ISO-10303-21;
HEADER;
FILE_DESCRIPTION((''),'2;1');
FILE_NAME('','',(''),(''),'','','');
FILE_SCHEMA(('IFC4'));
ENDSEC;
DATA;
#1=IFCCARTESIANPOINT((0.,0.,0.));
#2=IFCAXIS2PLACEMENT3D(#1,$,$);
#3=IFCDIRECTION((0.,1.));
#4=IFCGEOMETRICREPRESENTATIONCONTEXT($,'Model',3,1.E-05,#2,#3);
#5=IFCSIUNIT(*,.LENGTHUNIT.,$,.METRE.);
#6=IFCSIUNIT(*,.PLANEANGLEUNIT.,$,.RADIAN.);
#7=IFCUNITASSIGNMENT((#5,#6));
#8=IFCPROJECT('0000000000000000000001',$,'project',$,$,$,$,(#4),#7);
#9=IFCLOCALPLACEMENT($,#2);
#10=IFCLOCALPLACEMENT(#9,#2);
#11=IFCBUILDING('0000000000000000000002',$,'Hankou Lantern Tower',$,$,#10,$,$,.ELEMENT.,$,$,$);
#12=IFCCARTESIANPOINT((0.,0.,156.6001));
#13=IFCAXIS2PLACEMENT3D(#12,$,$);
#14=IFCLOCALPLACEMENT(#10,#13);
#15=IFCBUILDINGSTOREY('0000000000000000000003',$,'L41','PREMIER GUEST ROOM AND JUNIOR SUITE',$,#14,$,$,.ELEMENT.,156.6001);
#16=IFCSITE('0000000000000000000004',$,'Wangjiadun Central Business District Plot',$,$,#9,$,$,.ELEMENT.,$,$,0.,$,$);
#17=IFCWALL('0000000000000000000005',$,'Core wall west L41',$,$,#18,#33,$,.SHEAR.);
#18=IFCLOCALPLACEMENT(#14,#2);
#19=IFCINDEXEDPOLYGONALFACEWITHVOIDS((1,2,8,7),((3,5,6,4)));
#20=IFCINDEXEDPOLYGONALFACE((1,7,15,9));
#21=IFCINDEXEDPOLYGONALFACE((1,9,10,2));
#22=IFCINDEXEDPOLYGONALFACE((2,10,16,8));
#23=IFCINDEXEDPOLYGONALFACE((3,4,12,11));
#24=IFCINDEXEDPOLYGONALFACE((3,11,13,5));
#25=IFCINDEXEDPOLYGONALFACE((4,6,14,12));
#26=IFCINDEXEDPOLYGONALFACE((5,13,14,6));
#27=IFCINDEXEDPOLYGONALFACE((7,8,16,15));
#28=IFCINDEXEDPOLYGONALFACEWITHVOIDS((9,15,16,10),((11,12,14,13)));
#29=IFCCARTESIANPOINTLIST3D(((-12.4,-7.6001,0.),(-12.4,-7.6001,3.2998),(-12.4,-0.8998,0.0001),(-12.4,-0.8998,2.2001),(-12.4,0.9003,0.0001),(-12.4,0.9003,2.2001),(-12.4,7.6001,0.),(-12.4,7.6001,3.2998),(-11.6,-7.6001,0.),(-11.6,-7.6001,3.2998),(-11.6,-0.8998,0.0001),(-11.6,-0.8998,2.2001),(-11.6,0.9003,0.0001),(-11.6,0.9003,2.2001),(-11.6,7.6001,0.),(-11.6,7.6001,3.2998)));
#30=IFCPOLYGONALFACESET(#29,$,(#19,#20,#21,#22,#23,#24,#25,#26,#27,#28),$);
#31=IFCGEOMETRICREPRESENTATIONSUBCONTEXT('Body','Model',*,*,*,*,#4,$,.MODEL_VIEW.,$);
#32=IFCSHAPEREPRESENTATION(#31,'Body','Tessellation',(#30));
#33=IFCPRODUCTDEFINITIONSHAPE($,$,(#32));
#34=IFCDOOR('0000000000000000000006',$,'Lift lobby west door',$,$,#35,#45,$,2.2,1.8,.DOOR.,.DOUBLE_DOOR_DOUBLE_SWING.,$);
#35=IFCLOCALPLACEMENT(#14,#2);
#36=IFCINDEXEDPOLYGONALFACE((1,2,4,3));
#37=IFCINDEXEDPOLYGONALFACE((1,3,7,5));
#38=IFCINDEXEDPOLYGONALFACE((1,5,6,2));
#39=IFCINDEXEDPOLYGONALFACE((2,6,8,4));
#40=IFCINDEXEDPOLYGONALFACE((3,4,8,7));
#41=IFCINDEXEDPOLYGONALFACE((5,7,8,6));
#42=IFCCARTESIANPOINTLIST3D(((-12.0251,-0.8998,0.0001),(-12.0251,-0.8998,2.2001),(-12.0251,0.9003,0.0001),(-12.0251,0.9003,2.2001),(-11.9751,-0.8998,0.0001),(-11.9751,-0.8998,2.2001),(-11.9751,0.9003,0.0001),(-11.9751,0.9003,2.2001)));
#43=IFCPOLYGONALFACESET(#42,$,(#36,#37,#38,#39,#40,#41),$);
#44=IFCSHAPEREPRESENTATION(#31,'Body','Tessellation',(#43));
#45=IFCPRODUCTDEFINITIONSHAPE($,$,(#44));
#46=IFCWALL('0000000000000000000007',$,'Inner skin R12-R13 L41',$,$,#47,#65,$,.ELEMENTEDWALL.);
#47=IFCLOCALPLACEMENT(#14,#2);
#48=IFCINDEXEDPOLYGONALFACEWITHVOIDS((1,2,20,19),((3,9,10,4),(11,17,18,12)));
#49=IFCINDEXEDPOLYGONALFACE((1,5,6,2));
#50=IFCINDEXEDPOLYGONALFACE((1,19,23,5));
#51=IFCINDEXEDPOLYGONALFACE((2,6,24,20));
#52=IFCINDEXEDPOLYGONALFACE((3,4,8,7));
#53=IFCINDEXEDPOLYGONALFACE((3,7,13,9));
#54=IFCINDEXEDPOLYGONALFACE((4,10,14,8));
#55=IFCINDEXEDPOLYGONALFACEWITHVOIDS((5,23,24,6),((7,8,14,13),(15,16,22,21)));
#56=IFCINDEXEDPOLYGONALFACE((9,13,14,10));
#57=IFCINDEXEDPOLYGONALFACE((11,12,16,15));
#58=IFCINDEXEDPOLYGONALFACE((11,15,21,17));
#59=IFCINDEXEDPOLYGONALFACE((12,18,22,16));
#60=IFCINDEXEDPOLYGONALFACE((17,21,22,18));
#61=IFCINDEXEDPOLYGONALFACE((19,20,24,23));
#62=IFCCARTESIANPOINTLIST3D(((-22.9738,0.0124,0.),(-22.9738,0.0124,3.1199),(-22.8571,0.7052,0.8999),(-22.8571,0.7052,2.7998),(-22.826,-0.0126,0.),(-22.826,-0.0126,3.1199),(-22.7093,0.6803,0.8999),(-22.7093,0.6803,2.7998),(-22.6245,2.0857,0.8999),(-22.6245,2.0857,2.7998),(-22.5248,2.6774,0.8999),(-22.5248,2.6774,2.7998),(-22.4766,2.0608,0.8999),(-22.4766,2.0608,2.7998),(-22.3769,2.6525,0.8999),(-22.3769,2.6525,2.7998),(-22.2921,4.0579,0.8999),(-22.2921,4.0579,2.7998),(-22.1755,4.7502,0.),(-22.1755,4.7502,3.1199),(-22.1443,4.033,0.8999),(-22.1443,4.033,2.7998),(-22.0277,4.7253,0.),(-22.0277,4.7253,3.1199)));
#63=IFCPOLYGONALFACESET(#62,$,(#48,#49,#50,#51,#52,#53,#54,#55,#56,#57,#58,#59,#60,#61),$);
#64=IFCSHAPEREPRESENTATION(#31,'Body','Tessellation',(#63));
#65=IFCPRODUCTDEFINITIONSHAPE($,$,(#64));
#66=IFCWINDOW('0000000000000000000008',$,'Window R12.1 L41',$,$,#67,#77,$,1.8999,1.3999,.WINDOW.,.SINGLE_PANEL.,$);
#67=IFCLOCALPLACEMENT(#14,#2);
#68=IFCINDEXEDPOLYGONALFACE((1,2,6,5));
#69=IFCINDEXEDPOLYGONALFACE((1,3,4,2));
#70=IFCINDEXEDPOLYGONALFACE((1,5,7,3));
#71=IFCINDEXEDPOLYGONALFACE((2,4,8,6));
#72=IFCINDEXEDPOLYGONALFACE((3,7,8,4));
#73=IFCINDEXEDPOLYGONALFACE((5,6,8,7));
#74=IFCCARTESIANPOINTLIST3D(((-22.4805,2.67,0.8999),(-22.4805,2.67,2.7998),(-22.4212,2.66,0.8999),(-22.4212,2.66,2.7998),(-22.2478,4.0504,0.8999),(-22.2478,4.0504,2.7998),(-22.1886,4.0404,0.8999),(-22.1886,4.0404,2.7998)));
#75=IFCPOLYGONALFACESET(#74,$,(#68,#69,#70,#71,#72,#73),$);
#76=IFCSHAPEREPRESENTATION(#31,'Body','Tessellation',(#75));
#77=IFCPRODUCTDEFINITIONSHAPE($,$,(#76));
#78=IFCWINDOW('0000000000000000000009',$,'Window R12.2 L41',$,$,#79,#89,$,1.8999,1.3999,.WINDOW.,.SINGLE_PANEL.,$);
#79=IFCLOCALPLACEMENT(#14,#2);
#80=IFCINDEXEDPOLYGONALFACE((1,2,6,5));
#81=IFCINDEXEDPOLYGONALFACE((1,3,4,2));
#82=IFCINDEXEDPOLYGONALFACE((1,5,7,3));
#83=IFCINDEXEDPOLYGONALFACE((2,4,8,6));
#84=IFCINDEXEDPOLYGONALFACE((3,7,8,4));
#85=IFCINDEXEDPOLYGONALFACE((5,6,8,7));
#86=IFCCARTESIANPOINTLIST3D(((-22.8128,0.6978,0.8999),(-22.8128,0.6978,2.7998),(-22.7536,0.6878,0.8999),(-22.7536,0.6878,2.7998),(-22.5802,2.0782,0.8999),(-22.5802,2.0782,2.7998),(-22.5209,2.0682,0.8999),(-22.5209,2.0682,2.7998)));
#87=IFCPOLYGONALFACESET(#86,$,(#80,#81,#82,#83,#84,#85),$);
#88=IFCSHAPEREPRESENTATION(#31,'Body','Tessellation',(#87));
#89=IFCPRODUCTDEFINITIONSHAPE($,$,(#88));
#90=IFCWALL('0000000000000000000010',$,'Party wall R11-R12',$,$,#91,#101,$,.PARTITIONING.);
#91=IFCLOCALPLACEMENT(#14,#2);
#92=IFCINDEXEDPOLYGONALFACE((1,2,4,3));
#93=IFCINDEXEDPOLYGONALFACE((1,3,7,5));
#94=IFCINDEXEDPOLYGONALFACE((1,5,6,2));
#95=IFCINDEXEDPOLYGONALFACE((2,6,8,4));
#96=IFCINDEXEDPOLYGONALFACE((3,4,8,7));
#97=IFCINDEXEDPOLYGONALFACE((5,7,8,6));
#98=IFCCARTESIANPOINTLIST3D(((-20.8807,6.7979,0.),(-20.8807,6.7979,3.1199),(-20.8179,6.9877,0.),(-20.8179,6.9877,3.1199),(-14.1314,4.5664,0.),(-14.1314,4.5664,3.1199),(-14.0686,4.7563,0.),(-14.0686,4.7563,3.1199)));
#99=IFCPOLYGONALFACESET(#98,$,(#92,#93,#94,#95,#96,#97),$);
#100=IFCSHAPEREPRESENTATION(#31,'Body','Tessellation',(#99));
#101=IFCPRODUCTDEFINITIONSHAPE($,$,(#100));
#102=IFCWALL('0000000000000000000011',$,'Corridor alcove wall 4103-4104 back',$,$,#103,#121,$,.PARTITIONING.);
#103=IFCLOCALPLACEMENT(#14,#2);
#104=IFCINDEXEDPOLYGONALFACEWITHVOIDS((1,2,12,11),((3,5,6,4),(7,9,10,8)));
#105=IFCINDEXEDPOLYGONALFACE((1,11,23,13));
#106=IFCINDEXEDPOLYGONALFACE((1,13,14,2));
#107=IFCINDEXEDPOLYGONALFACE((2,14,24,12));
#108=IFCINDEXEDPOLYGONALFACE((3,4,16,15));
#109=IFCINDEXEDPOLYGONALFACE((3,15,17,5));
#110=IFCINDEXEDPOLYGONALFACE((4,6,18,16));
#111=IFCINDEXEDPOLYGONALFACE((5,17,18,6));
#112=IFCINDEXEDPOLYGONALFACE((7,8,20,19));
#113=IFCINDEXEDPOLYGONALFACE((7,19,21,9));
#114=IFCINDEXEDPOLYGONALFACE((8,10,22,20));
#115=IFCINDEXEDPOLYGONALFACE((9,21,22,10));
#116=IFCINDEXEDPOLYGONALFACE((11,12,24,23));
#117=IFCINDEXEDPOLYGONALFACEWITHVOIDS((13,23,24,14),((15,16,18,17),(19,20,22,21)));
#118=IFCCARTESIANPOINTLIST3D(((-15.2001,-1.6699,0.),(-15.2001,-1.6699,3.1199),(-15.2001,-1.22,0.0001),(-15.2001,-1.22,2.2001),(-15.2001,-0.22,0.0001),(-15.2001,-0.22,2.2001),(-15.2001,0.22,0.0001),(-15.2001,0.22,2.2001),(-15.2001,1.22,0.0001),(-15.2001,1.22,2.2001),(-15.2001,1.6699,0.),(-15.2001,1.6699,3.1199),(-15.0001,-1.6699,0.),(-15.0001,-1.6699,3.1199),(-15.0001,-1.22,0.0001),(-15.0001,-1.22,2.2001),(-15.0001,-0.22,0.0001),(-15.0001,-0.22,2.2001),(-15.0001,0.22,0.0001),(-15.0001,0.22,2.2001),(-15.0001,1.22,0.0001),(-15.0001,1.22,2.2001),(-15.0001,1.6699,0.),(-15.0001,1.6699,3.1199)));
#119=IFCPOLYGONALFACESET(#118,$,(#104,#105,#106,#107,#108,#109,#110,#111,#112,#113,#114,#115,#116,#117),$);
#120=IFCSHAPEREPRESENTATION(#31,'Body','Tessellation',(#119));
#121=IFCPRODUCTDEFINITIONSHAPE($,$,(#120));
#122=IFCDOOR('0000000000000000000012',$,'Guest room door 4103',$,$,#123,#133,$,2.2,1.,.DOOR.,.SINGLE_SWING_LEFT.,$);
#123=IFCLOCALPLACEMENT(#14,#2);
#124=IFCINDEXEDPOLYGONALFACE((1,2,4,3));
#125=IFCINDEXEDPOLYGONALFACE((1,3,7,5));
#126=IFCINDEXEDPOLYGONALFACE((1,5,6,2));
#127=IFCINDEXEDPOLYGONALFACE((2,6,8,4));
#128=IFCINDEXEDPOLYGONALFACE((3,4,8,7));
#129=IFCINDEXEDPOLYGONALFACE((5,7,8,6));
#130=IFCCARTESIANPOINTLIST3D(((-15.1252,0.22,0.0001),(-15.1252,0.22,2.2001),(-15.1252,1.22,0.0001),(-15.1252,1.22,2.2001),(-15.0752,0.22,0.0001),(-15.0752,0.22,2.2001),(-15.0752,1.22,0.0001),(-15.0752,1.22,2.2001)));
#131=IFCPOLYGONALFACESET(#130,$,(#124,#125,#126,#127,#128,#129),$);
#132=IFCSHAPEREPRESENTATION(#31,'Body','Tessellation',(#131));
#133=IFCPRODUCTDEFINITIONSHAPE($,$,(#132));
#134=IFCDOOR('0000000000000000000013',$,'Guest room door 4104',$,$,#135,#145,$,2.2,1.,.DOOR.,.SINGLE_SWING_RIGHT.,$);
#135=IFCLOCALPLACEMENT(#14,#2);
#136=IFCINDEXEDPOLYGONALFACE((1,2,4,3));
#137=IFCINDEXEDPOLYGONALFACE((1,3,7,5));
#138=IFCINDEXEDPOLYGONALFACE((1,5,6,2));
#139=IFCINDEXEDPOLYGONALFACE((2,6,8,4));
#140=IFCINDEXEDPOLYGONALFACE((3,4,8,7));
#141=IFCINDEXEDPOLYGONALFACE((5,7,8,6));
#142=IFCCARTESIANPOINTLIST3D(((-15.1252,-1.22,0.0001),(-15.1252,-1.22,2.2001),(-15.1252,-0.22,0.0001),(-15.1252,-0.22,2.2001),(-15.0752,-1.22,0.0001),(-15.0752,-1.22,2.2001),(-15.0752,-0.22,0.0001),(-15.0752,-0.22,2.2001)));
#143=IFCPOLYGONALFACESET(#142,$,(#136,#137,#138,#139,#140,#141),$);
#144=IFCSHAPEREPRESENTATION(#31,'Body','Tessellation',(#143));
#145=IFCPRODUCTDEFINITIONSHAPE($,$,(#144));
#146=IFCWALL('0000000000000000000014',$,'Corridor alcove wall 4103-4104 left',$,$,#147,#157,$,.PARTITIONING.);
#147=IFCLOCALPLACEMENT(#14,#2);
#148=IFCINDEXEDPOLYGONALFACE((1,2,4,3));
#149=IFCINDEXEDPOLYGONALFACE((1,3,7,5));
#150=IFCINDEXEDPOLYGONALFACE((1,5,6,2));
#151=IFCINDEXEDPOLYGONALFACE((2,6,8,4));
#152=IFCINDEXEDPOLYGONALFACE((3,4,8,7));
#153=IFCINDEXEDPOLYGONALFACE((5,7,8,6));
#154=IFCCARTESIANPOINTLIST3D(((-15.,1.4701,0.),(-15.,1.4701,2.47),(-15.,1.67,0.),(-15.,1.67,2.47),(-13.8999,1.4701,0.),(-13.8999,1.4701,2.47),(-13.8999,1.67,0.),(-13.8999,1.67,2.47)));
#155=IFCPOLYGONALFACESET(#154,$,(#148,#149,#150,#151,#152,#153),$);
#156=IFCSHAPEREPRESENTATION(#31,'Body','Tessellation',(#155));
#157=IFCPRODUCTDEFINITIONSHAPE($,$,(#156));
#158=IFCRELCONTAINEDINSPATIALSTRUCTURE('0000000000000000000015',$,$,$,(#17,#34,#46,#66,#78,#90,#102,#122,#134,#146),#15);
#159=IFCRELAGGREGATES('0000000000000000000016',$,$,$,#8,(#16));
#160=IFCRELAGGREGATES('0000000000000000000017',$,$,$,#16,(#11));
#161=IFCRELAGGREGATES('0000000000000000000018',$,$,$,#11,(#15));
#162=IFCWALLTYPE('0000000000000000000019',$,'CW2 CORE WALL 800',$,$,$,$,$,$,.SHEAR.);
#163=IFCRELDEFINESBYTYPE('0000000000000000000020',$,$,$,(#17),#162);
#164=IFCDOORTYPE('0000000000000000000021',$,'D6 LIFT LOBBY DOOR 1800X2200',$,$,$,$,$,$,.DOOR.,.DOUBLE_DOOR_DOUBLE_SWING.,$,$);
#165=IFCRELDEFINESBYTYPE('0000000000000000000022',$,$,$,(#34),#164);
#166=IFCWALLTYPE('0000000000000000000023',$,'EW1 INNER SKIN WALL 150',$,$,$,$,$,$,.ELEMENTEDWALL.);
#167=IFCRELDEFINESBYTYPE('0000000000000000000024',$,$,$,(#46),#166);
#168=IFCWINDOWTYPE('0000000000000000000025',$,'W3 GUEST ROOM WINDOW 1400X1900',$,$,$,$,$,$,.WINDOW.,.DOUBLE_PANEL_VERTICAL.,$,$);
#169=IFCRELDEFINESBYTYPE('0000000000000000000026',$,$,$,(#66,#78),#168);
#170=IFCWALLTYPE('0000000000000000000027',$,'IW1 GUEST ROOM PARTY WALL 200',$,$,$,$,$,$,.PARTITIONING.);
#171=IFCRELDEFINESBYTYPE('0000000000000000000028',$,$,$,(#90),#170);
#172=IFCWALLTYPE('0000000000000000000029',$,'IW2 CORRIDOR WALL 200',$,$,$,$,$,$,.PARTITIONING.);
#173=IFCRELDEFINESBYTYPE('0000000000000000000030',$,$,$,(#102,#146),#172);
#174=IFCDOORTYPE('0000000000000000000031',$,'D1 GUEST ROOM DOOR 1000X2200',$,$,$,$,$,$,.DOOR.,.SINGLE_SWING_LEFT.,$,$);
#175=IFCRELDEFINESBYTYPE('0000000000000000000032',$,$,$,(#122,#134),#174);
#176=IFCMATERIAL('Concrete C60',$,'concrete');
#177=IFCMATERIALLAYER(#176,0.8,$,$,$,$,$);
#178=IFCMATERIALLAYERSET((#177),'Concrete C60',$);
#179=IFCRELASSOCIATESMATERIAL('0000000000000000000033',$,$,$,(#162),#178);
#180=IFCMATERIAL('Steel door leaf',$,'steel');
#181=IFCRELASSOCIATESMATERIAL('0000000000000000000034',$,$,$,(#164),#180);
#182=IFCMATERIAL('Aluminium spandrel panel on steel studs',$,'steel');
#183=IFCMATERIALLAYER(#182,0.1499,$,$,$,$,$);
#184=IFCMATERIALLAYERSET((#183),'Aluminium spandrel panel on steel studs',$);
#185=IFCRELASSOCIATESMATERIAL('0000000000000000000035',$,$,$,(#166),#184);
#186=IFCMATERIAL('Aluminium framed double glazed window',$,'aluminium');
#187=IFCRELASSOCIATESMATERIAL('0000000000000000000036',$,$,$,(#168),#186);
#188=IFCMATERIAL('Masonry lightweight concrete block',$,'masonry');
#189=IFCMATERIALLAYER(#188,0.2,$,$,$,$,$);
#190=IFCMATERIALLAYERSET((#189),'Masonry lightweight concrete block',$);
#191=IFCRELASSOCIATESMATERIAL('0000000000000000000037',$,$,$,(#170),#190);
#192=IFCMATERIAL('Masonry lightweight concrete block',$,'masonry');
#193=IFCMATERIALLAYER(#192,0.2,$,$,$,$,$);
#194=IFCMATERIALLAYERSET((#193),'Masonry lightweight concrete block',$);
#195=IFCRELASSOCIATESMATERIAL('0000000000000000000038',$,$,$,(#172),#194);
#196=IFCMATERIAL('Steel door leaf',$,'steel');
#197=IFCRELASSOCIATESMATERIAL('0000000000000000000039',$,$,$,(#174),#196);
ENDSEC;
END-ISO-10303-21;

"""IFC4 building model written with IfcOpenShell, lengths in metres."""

from ifc_helpers import new_model, si_unit, direction, frame, frame_2d, origin, place, context, subcontext, project, spatial, rectangle, extrude, material, layer, layer_set, type_object, element, fill, save


model = new_model("IFC4")

# Units and contexts
model_context = context("Model", 3, precision=1e-05, world=origin(), true_north=direction((0.0, 1.0)))
body_context = subcontext(model_context, "Body", "Model", "MODEL_VIEW")
ifc_project = project(units=[si_unit("LENGTHUNIT", "METRE"), si_unit("PLANEANGLEUNIT", "RADIAN")], contexts=[model_context])

# Site, building, storey
site_placement = place(None, origin())
site = spatial("IfcSite", under=ifc_project, at=site_placement, Name="Wangjiadun Central Business District Plot", CompositionType="ELEMENT", RefElevation=0.0)
building_placement = place(site_placement, origin())
building = spatial("IfcBuilding", under=site, at=building_placement, Name="Hankou Lantern Tower", CompositionType="ELEMENT")
storey_placement = place(building_placement, frame((0.0, 0.0, 156.6001)))
storey = spatial("IfcBuildingStorey", under=building, at=storey_placement, Name="L41", Description="PREMIER GUEST ROOM AND JUNIOR SUITE", CompositionType="ELEMENT", Elevation=156.6001)

# Wall, opening, door
ifc_material_1 = material(Name="Concrete C60", Category="concrete")
ifc_layer_1 = layer(ifc_material_1, 0.8)
ifc_layer_set_1 = layer_set([ifc_layer_1], Name="Concrete C60")
wall_type_1 = type_object("IfcWallType", Name="CW2 CORE WALL 800", PredefinedType="SHEAR", material=ifc_layer_set_1)
wall_1_placement = place(storey_placement, frame((-12.0, 7.6001, 0.0), z_axis=(0.0, 0.0, 1.0), x_axis=(0.0, -1.0, 0.0)))
wall_1 = element("IfcWall", 1, at=wall_1_placement, inside=storey, type_object=wall_type_1, Name="Core wall west L41", PredefinedType="SHEAR", context=body_context, shape_type="SweptSolid", body=[
    extrude(rectangle(XDim=15.2002, YDim=0.8, at=frame_2d((7.6001, 0.0))), origin(), (0.0, 0.0, 1.0), 3.2998),
])
opening_1_placement = place(wall_1_placement, frame((6.7, 0.0, 0.0)))
opening_1 = element("IfcOpeningElement", 2, at=opening_1_placement, cuts=wall_1, PredefinedType="OPENING", context=body_context, shape_type="SweptSolid", body=[
    extrude(rectangle(XDim=1.8, YDim=2.2, at=frame_2d((0.8999, 1.1001))), frame((0.0, 0.4099, 0.0), z_axis=(0.0, -1.0, 0.0), x_axis=(1.0, 0.0, 0.0)), (0.0, 0.0, 1.0), 0.8201),
])
ifc_material_2 = material(Name="Steel door leaf", Category="steel")
door_type_1 = type_object("IfcDoorType", Name="D6 LIFT LOBBY DOOR 1800X2200", OperationType="DOUBLE_DOOR_DOUBLE_SWING", PredefinedType="DOOR", material=ifc_material_2)
door_1_placement = place(opening_1_placement, origin())
door_1 = element("IfcDoor", 3, at=door_1_placement, inside=storey, type_object=door_type_1, Name="Lift lobby west door", OperationType="DOUBLE_DOOR_DOUBLE_SWING", OverallHeight=2.2, OverallWidth=1.8, PredefinedType="DOOR", context=body_context, shape_type="SweptSolid", body=[
    extrude(rectangle(XDim=1.8, YDim=2.2, at=frame_2d((0.8999, 1.1001))), frame((0.0, 0.0249, 0.0), z_axis=(0.0, -1.0, 0.0), x_axis=(1.0, 0.0, 0.0)), (0.0, 0.0, 1.0), 0.05),
])
fill(opening_1, door_1)

# Wall, openings, windows
ifc_material_3 = material(Name="Aluminium spandrel panel on steel studs", Category="steel")
ifc_layer_2 = layer(ifc_material_3, 0.1499)
ifc_layer_set_2 = layer_set([ifc_layer_2], Name="Aluminium spandrel panel on steel studs")
wall_type_2 = type_object("IfcWallType", Name="EW1 INNER SKIN WALL 150", PredefinedType="ELEMENTEDWALL", material=ifc_layer_set_2)
wall_2_placement = place(storey_placement, frame((-22.1016, 4.7378, 0.0), z_axis=(0.0, 0.0, 1.0), x_axis=(-0.166162, -0.986098, 0.0)))
wall_2 = element("IfcWall", 4, at=wall_2_placement, inside=storey, type_object=wall_type_2, Name="Inner skin R12-R13 L41", PredefinedType="ELEMENTEDWALL", context=body_context, shape_type="SweptSolid", body=[
    extrude(rectangle(XDim=4.8047, YDim=0.1499, at=frame_2d((2.4023, 0.0))), origin(), (0.0, 0.0, 1.0), 3.1199),
])
opening_2_placement = place(wall_2_placement, frame((0.7021, 0.0, 0.8999)))
opening_2 = element("IfcOpeningElement", 5, at=opening_2_placement, cuts=wall_2, PredefinedType="OPENING", context=body_context, shape_type="SweptSolid", body=[
    extrude(rectangle(XDim=1.3999, YDim=1.8999, at=frame_2d((0.7, 0.95))), frame((0.0, 0.085, 0.0), z_axis=(0.0, -1.0, 0.0), x_axis=(1.0, 0.0, 0.0)), (0.0, 0.0, 1.0), 0.1699),
])
opening_3_placement = place(wall_2_placement, frame((2.7021, 0.0, 0.8999)))
opening_3 = element("IfcOpeningElement", 6, at=opening_3_placement, cuts=wall_2, PredefinedType="OPENING", context=body_context, shape_type="SweptSolid", body=[
    extrude(rectangle(XDim=1.3999, YDim=1.8999, at=frame_2d((0.7, 0.95))), frame((0.0, 0.085, 0.0), z_axis=(0.0, -1.0, 0.0), x_axis=(1.0, 0.0, 0.0)), (0.0, 0.0, 1.0), 0.1699),
])
ifc_material_4 = material(Name="Aluminium framed double glazed window", Category="aluminium")
window_type = type_object("IfcWindowType", Name="W3 GUEST ROOM WINDOW 1400X1900", PartitioningType="DOUBLE_PANEL_VERTICAL", PredefinedType="WINDOW", material=ifc_material_4)
window_1_placement = place(opening_2_placement, origin())
window_1 = element("IfcWindow", 7, at=window_1_placement, inside=storey, type_object=window_type, Name="Window R12.1 L41", OverallHeight=1.8999, OverallWidth=1.3999, PartitioningType="SINGLE_PANEL", PredefinedType="WINDOW", context=body_context, shape_type="SweptSolid", body=[
    extrude(rectangle(XDim=1.3999, YDim=1.8999, at=frame_2d((0.7, 0.95))), frame((0.0, 0.03, 0.0), z_axis=(0.0, -1.0, 0.0), x_axis=(1.0, 0.0, 0.0)), (0.0, 0.0, 1.0), 0.0601),
])
fill(opening_2, window_1)
window_2_placement = place(opening_3_placement, origin())
window_2 = element("IfcWindow", 8, at=window_2_placement, inside=storey, type_object=window_type, Name="Window R12.2 L41", OverallHeight=1.8999, OverallWidth=1.3999, PartitioningType="SINGLE_PANEL", PredefinedType="WINDOW", context=body_context, shape_type="SweptSolid", body=[
    extrude(rectangle(XDim=1.3999, YDim=1.8999, at=frame_2d((0.7, 0.95))), frame((0.0, 0.03, 0.0), z_axis=(0.0, -1.0, 0.0), x_axis=(1.0, 0.0, 0.0)), (0.0, 0.0, 1.0), 0.0601),
])
fill(opening_3, window_2)

# Wall
ifc_material_5 = material(Name="Masonry lightweight concrete block", Category="masonry")
ifc_layer_3 = layer(ifc_material_5, 0.2)
ifc_layer_set_3 = layer_set([ifc_layer_3], Name="Masonry lightweight concrete block")
wall_type_3 = type_object("IfcWallType", Name="IW1 GUEST ROOM PARTY WALL 200", PredefinedType="PARTITIONING", material=ifc_layer_set_3)
wall_3_placement = place(storey_placement, frame((-14.1001, 4.6614, 0.0), z_axis=(0.0, 0.0, 1.0), x_axis=(-0.949453, 0.313909, 0.0)))
element("IfcWall", 9, at=wall_3_placement, inside=storey, type_object=wall_type_3, Name="Party wall R11-R12", PredefinedType="PARTITIONING", context=body_context, shape_type="SweptSolid", body=[
    extrude(rectangle(XDim=7.1086, YDim=0.2, at=frame_2d((3.5542, 0.0))), origin(), (0.0, 0.0, 1.0), 3.1199),
])

# Wall, openings, doors
ifc_material_6 = material(Name="Masonry lightweight concrete block", Category="masonry")
ifc_layer_4 = layer(ifc_material_6, 0.2)
ifc_layer_set_4 = layer_set([ifc_layer_4], Name="Masonry lightweight concrete block")
wall_type_4 = type_object("IfcWallType", Name="IW2 CORRIDOR WALL 200", PredefinedType="PARTITIONING", material=ifc_layer_set_4)
wall_4_placement = place(storey_placement, frame((-15.1001, 1.6699, 0.0), z_axis=(0.0, 0.0, 1.0), x_axis=(0.0, -1.0, 0.0)))
wall_4 = element("IfcWall", 10, at=wall_4_placement, inside=storey, type_object=wall_type_4, Name="Corridor alcove wall 4103-4104 back", PredefinedType="PARTITIONING", context=body_context, shape_type="SweptSolid", body=[
    extrude(rectangle(XDim=3.3398, YDim=0.2, at=frame_2d((1.6699, 0.0))), origin(), (0.0, 0.0, 1.0), 3.1199),
])
opening_4_placement = place(wall_4_placement, frame((0.45, 0.0, 0.0)))
opening_4 = element("IfcOpeningElement", 11, at=opening_4_placement, cuts=wall_4, PredefinedType="OPENING", context=body_context, shape_type="SweptSolid", body=[
    extrude(rectangle(XDim=1.0, YDim=2.2, at=frame_2d((0.5, 1.1001))), frame((0.0, 0.1099, 0.0), z_axis=(0.0, -1.0, 0.0), x_axis=(1.0, 0.0, 0.0)), (0.0, 0.0, 1.0), 0.22),
])
opening_5_placement = place(wall_4_placement, frame((1.8899, 0.0, 0.0)))
opening_5 = element("IfcOpeningElement", 12, at=opening_5_placement, cuts=wall_4, PredefinedType="OPENING", context=body_context, shape_type="SweptSolid", body=[
    extrude(rectangle(XDim=1.0, YDim=2.2, at=frame_2d((0.5, 1.1001))), frame((0.0, 0.1099, 0.0), z_axis=(0.0, -1.0, 0.0), x_axis=(1.0, 0.0, 0.0)), (0.0, 0.0, 1.0), 0.22),
])
ifc_material_7 = material(Name="Steel door leaf", Category="steel")
door_type_2 = type_object("IfcDoorType", Name="D1 GUEST ROOM DOOR 1000X2200", OperationType="SINGLE_SWING_LEFT", PredefinedType="DOOR", material=ifc_material_7)
door_2_placement = place(opening_4_placement, origin())
door_2 = element("IfcDoor", 13, at=door_2_placement, inside=storey, type_object=door_type_2, Name="Guest room door 4103", OperationType="SINGLE_SWING_LEFT", OverallHeight=2.2, OverallWidth=1.0, PredefinedType="DOOR", context=body_context, shape_type="SweptSolid", body=[
    extrude(rectangle(XDim=1.0, YDim=2.2, at=frame_2d((0.5, 1.1001))), frame((0.0, 0.0249, 0.0), z_axis=(0.0, -1.0, 0.0), x_axis=(1.0, 0.0, 0.0)), (0.0, 0.0, 1.0), 0.05),
])
fill(opening_4, door_2)
door_3_placement = place(opening_5_placement, origin())
door_3 = element("IfcDoor", 14, at=door_3_placement, inside=storey, type_object=door_type_2, Name="Guest room door 4104", OperationType="SINGLE_SWING_RIGHT", OverallHeight=2.2, OverallWidth=1.0, PredefinedType="DOOR", context=body_context, shape_type="SweptSolid", body=[
    extrude(rectangle(XDim=1.0, YDim=2.2, at=frame_2d((0.5, 1.1001))), frame((0.0, 0.0249, 0.0), z_axis=(0.0, -1.0, 0.0), x_axis=(1.0, 0.0, 0.0)), (0.0, 0.0, 1.0), 0.05),
])
fill(opening_5, door_3)

# Wall
wall_5_placement = place(storey_placement, frame((-13.8999, 1.5701, 0.0), z_axis=(0.0, 0.0, 1.0), x_axis=(-1.0, 0.0, 0.0)))
element("IfcWall", 15, at=wall_5_placement, inside=storey, type_object=wall_type_4, Name="Corridor alcove wall 4103-4104 left", PredefinedType="PARTITIONING", context=body_context, shape_type="SweptSolid", body=[
    extrude(rectangle(XDim=1.1001, YDim=0.2, at=frame_2d((0.55, 0.0))), origin(), (0.0, 0.0, 1.0), 2.47),
])

save(model, "model.ifc")
